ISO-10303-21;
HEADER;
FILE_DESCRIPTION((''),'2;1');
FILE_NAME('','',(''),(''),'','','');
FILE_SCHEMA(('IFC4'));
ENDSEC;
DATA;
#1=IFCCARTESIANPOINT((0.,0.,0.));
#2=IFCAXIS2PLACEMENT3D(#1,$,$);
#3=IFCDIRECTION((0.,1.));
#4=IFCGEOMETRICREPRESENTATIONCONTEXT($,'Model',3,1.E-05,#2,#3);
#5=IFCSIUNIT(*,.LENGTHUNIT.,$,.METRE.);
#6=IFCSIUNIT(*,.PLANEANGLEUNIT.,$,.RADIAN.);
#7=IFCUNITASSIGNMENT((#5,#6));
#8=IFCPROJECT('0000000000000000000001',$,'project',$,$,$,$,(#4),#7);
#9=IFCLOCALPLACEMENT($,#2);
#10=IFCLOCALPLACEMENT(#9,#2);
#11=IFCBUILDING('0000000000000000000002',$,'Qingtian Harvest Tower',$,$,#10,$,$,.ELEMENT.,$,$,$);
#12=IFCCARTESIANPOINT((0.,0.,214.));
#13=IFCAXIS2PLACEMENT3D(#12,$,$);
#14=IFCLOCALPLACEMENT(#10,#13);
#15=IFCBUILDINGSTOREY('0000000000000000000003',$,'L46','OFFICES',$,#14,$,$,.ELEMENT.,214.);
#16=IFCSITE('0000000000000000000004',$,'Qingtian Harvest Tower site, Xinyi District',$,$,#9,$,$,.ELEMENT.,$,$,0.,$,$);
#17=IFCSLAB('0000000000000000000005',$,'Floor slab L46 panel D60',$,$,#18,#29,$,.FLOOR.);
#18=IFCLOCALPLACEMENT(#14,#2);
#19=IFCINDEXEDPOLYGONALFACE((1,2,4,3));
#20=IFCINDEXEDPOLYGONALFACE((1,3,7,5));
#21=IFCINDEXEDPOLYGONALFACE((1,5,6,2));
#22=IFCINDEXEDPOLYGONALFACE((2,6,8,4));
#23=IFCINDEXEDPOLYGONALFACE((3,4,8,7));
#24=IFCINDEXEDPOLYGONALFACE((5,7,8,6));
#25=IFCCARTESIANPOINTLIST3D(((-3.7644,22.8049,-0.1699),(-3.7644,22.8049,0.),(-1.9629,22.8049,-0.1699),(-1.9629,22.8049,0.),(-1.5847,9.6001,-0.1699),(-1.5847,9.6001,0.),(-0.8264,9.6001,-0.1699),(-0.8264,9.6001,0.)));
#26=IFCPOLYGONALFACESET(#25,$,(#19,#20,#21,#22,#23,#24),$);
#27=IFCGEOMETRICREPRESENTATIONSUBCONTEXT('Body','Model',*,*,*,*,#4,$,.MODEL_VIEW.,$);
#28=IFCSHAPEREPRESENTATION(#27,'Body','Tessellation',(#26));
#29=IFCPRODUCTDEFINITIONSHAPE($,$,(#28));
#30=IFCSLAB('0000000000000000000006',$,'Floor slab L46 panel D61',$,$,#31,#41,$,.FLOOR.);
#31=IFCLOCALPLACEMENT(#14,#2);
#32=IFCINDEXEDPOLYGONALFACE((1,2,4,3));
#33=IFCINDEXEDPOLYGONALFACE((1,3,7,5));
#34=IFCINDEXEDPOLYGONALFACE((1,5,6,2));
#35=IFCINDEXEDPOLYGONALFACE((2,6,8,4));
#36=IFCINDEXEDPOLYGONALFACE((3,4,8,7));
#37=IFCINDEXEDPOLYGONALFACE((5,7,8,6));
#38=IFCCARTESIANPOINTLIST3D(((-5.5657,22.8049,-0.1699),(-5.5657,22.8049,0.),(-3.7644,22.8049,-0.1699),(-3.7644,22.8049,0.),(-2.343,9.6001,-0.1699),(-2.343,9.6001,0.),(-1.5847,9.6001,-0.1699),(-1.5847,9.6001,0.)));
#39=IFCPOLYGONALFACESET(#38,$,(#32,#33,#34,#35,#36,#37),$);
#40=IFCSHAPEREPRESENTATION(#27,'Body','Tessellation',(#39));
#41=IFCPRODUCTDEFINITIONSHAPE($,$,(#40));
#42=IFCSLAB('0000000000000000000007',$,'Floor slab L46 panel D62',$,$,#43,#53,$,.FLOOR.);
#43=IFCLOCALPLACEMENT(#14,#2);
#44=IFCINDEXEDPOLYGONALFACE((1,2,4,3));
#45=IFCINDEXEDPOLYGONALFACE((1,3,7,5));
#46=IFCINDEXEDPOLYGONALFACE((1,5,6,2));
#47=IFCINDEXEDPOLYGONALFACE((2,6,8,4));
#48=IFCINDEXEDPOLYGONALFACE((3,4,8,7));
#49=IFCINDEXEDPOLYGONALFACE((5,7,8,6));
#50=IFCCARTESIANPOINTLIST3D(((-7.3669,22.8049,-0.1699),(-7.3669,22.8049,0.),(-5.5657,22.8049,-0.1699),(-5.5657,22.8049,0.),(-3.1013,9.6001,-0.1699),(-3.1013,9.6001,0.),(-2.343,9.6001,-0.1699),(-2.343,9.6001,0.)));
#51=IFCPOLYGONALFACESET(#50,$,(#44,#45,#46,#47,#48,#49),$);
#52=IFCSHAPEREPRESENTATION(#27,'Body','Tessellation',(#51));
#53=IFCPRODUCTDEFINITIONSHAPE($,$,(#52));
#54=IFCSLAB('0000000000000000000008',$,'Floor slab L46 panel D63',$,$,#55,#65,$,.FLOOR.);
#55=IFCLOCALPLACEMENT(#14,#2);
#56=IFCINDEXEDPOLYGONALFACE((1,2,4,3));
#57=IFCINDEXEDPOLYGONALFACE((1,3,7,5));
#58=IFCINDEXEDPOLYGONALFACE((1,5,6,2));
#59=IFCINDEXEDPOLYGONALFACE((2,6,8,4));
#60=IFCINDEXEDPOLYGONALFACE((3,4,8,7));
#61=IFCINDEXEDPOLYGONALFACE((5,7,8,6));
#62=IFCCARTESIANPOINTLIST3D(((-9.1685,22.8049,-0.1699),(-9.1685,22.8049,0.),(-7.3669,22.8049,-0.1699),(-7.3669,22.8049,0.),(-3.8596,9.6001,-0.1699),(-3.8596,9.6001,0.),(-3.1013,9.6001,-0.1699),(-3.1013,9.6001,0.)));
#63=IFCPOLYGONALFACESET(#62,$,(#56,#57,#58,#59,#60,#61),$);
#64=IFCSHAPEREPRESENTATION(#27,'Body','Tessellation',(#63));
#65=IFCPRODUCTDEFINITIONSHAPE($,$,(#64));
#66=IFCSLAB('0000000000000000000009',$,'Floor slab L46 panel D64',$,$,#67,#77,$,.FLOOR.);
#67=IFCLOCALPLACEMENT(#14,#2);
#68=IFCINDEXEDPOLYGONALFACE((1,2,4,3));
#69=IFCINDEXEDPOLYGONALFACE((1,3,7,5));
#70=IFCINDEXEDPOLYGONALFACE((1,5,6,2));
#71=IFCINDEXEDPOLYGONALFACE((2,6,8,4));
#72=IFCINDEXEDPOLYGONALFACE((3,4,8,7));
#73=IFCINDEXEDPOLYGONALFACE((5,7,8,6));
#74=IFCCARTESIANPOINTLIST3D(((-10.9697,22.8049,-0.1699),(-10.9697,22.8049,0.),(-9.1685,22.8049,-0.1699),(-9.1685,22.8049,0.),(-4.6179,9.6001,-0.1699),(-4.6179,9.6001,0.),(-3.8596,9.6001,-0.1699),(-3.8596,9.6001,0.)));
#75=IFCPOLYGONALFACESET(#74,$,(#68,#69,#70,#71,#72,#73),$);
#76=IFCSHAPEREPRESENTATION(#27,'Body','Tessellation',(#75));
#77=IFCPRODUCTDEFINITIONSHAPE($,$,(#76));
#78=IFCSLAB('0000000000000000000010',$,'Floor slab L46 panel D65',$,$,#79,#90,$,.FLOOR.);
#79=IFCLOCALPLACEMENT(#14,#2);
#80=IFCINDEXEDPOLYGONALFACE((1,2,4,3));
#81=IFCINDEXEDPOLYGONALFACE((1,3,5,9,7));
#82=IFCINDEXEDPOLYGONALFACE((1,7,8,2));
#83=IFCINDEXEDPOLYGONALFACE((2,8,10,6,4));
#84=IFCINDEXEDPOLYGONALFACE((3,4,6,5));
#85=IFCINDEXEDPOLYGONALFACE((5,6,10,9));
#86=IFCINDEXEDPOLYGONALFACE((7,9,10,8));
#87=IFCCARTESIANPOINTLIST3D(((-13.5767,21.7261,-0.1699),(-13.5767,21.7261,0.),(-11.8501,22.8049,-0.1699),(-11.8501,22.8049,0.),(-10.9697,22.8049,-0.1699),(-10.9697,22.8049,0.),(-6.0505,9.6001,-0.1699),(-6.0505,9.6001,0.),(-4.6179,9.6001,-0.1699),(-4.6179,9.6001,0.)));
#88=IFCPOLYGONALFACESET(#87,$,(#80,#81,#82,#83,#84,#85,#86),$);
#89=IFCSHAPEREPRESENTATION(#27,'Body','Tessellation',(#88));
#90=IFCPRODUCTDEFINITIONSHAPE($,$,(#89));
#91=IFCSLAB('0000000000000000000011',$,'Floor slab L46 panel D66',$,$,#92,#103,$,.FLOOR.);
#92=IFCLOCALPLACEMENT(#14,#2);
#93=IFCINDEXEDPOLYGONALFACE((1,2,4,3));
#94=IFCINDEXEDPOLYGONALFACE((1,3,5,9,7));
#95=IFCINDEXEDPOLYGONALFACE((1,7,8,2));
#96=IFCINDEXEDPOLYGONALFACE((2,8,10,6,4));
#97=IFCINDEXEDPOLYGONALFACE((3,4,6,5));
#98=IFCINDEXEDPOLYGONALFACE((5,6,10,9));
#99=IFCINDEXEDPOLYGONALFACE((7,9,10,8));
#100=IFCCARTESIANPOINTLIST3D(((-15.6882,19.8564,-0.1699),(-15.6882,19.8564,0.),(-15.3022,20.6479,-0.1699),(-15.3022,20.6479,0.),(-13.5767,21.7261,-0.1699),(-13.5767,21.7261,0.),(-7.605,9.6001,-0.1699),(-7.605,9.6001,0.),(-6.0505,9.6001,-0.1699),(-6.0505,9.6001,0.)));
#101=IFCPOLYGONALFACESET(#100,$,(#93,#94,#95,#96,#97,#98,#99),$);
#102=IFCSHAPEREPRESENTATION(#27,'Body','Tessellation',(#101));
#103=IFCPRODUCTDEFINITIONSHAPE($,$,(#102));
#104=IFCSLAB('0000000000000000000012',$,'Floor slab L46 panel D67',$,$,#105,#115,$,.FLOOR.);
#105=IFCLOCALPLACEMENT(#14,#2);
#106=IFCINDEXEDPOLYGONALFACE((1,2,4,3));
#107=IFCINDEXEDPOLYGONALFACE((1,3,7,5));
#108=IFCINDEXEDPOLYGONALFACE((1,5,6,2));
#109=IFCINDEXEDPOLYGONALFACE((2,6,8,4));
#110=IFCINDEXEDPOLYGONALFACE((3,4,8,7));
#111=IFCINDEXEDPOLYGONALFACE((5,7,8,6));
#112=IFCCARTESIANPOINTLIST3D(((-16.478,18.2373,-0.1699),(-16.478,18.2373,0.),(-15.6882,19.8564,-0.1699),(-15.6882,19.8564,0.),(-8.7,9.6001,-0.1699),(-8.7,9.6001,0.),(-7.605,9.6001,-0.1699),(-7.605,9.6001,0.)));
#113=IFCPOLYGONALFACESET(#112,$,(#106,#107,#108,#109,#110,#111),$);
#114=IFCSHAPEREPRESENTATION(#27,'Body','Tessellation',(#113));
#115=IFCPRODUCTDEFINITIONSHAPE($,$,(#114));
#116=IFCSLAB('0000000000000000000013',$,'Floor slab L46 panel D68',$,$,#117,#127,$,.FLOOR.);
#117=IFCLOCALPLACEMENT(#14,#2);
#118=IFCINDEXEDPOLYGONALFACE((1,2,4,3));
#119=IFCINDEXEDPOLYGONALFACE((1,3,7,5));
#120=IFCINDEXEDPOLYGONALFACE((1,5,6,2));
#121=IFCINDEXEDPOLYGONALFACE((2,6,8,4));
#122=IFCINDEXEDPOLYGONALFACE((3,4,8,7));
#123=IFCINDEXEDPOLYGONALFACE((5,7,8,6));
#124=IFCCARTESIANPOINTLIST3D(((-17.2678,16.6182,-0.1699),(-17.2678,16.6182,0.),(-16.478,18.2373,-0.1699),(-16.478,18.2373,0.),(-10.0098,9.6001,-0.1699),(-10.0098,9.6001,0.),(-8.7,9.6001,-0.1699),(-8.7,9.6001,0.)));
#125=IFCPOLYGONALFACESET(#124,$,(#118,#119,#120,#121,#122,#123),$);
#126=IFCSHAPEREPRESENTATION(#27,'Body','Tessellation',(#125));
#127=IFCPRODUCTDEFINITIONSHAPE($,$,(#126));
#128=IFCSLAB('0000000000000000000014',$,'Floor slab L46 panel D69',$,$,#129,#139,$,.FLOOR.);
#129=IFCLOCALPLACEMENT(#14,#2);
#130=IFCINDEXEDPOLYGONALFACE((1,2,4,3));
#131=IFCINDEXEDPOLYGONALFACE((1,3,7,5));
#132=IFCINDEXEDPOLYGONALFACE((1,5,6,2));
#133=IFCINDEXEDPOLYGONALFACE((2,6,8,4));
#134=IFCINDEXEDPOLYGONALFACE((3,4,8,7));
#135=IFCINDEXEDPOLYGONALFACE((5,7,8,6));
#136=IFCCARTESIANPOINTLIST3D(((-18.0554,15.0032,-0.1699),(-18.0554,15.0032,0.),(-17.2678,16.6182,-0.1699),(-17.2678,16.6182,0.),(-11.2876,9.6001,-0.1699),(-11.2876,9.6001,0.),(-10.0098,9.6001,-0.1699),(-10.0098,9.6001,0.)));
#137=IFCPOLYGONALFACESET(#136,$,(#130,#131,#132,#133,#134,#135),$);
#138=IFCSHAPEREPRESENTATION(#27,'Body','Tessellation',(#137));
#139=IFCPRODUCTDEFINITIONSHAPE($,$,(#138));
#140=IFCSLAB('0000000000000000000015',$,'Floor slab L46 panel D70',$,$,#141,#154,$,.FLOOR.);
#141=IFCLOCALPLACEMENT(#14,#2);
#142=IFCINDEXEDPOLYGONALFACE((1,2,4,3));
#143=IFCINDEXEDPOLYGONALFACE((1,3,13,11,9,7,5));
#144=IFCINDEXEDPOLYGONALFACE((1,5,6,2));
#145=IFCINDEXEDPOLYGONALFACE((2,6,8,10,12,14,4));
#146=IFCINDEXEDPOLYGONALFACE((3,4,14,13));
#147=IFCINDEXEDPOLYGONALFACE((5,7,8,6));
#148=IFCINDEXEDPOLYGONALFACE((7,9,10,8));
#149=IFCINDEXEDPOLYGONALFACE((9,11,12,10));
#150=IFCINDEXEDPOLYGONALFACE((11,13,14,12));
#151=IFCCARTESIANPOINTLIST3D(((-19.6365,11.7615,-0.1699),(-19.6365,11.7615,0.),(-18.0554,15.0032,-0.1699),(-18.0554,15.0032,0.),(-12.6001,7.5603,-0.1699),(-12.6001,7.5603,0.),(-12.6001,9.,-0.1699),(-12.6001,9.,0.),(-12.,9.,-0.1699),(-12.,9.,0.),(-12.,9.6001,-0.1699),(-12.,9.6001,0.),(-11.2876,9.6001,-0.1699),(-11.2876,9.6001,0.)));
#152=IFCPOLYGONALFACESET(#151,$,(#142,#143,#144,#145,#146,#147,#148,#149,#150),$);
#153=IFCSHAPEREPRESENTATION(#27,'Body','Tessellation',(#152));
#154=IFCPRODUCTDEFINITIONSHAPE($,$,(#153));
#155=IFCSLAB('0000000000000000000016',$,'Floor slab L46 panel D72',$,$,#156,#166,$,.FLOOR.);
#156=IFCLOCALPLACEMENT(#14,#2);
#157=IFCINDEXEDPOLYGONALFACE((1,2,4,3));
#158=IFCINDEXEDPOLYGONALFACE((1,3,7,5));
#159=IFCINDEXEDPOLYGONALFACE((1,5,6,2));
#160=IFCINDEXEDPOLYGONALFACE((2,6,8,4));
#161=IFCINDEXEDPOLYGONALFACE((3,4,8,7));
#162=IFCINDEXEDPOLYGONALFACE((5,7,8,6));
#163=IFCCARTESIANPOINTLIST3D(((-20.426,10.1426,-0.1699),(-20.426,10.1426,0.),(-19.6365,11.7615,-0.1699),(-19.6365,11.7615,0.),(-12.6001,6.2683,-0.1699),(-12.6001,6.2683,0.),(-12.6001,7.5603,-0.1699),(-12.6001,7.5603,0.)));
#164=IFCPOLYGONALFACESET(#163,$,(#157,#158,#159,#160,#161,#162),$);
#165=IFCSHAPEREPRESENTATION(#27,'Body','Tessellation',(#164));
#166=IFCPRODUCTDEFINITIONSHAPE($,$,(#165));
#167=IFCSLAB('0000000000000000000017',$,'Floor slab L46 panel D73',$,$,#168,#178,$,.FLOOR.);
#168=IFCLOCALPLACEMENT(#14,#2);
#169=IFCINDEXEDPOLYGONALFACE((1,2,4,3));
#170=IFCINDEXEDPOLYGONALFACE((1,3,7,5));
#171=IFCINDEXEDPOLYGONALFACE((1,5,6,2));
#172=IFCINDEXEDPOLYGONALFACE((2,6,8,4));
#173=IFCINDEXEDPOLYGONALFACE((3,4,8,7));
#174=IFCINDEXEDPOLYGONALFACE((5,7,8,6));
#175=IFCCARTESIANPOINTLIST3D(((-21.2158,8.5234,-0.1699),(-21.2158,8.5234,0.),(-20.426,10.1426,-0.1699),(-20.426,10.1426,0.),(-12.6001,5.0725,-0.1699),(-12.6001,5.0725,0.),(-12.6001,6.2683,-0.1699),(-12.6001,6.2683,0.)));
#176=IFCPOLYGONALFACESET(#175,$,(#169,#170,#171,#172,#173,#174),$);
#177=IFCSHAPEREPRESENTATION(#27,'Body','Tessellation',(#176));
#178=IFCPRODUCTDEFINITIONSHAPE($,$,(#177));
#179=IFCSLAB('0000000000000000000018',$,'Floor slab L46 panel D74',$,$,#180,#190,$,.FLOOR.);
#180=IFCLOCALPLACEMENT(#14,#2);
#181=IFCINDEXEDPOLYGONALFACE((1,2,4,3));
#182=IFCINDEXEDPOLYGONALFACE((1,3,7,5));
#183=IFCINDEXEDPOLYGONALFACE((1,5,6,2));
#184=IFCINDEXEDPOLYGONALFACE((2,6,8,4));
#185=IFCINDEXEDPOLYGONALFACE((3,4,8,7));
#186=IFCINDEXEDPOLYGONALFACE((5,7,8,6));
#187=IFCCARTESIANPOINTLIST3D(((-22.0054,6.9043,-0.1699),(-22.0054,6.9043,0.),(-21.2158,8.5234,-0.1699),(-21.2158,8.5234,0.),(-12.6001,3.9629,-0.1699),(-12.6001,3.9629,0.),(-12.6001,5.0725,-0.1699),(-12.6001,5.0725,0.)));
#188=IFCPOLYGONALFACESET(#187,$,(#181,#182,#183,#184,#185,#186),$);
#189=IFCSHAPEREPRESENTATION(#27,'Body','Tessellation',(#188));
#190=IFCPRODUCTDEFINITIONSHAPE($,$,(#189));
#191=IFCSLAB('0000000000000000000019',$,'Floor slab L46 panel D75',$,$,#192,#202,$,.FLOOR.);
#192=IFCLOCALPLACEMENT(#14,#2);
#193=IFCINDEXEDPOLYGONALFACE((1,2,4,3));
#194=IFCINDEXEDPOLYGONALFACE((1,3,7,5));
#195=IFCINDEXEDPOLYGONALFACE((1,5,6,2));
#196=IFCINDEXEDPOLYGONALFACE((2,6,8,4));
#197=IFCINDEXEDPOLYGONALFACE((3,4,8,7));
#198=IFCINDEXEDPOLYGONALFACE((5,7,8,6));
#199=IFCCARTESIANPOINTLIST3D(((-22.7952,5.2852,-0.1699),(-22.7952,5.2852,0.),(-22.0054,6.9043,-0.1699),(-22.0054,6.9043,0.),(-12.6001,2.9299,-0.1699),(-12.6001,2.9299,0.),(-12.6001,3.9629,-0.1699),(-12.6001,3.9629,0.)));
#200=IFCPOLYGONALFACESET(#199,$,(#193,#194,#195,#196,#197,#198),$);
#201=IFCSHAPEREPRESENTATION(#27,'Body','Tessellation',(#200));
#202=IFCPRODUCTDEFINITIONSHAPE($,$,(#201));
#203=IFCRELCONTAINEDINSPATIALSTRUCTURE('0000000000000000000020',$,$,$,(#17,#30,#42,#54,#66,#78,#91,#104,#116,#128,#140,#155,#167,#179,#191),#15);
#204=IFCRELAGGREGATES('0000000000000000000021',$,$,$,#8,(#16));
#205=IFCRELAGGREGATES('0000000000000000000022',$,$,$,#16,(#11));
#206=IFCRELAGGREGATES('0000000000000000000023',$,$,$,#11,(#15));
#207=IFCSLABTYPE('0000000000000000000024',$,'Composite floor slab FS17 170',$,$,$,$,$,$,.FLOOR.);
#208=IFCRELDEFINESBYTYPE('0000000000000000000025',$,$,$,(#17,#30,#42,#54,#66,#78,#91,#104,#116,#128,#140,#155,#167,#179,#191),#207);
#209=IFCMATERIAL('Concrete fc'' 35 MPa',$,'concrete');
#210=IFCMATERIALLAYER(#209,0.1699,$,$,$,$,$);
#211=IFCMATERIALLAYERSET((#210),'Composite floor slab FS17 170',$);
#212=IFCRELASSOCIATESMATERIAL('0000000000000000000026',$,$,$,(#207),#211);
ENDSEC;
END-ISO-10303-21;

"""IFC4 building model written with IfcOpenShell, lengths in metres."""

from ifc_helpers import new_model, si_unit, direction, frame, origin, place, context, subcontext, project, spatial, polyline, outline, extrude, material, layer, layer_set, type_object, element, save


model = new_model("IFC4")

# Units and contexts
model_context = context("Model", 3, precision=1e-05, world=origin(), true_north=direction((0.0, 1.0)))
body_context = subcontext(model_context, "Body", "Model", "MODEL_VIEW")
ifc_project = project(units=[si_unit("LENGTHUNIT", "METRE"), si_unit("PLANEANGLEUNIT", "RADIAN")], contexts=[model_context])

# Site, building, storey
site_placement = place(None, origin())
site = spatial("IfcSite", under=ifc_project, at=site_placement, Name="Qingtian Harvest Tower site, Xinyi District", CompositionType="ELEMENT", RefElevation=0.0)
building_placement = place(site_placement, origin())
building = spatial("IfcBuilding", under=site, at=building_placement, Name="Qingtian Harvest Tower", CompositionType="ELEMENT")
storey_placement = place(building_placement, frame((0.0, 0.0, 214.0)))
storey = spatial("IfcBuildingStorey", under=building, at=storey_placement, Name="L46", Description="OFFICES", CompositionType="ELEMENT", Elevation=214.0)

# Slabs
ifc_material_1 = material(Name="Concrete fc' 35 MPa", Category="concrete")
ifc_layer_1 = layer(ifc_material_1, 0.1699)
ifc_layer_set_1 = layer_set([ifc_layer_1], Name="Composite floor slab FS17 170")
slab_type = type_object("IfcSlabType", Name="Composite floor slab FS17 170", PredefinedType="FLOOR", material=ifc_layer_set_1)
slab_1_placement = place(storey_placement, frame((0.0, 0.0, -0.1699)))
element("IfcSlab", 1, at=slab_1_placement, inside=storey, type_object=slab_type, Name="Floor slab L46 panel D60", PredefinedType="FLOOR", context=body_context, shape_type="SweptSolid", body=[
    extrude(outline(polyline([(-1.5847, 9.6001), (-3.7644, 22.8049), (-1.9629, 22.8049), (-0.8264, 9.6001), (-1.5847, 9.6001)])), origin(), (0.0, 0.0, 1.0), 0.1699),
])
slab_2_placement = place(storey_placement, frame((0.0, 0.0, -0.1699)))
element("IfcSlab", 2, at=slab_2_placement, inside=storey, type_object=slab_type, Name="Floor slab L46 panel D61", PredefinedType="FLOOR", context=body_context, shape_type="SweptSolid", body=[
    extrude(outline(polyline([(-2.343, 9.6001), (-5.5657, 22.8049), (-3.7644, 22.8049), (-1.5847, 9.6001), (-2.343, 9.6001)])), origin(), (0.0, 0.0, 1.0), 0.1699),
])
slab_3_placement = place(storey_placement, frame((0.0, 0.0, -0.1699)))
element("IfcSlab", 3, at=slab_3_placement, inside=storey, type_object=slab_type, Name="Floor slab L46 panel D62", PredefinedType="FLOOR", context=body_context, shape_type="SweptSolid", body=[
    extrude(outline(polyline([(-3.1013, 9.6001), (-7.3669, 22.8049), (-5.5657, 22.8049), (-2.343, 9.6001), (-3.1013, 9.6001)])), origin(), (0.0, 0.0, 1.0), 0.1699),
])
slab_4_placement = place(storey_placement, frame((0.0, 0.0, -0.1699)))
element("IfcSlab", 4, at=slab_4_placement, inside=storey, type_object=slab_type, Name="Floor slab L46 panel D63", PredefinedType="FLOOR", context=body_context, shape_type="SweptSolid", body=[
    extrude(outline(polyline([(-3.8596, 9.6001), (-9.1685, 22.8049), (-7.3669, 22.8049), (-3.1013, 9.6001), (-3.8596, 9.6001)])), origin(), (0.0, 0.0, 1.0), 0.1699),
])
slab_5_placement = place(storey_placement, frame((0.0, 0.0, -0.1699)))
element("IfcSlab", 5, at=slab_5_placement, inside=storey, type_object=slab_type, Name="Floor slab L46 panel D64", PredefinedType="FLOOR", context=body_context, shape_type="SweptSolid", body=[
    extrude(outline(polyline([(-4.6179, 9.6001), (-10.9697, 22.8049), (-9.1685, 22.8049), (-3.8596, 9.6001), (-4.6179, 9.6001)])), origin(), (0.0, 0.0, 1.0), 0.1699),
])
slab_6_placement = place(storey_placement, frame((0.0, 0.0, -0.1699)))
element("IfcSlab", 6, at=slab_6_placement, inside=storey, type_object=slab_type, Name="Floor slab L46 panel D65", PredefinedType="FLOOR", context=body_context, shape_type="SweptSolid", body=[
    extrude(outline(polyline([(-4.6179, 9.6001), (-6.0505, 9.6001), (-13.5767, 21.7261), (-11.8501, 22.8049), (-10.9697, 22.8049), (-4.6179, 9.6001)])), origin(), (0.0, 0.0, 1.0), 0.1699),
])
slab_7_placement = place(storey_placement, frame((0.0, 0.0, -0.1699)))
element("IfcSlab", 7, at=slab_7_placement, inside=storey, type_object=slab_type, Name="Floor slab L46 panel D66", PredefinedType="FLOOR", context=body_context, shape_type="SweptSolid", body=[
    extrude(outline(polyline([(-6.0505, 9.6001), (-7.605, 9.6001), (-15.6882, 19.8564), (-15.3022, 20.6479), (-13.5767, 21.7261), (-6.0505, 9.6001)])), origin(), (0.0, 0.0, 1.0), 0.1699),
])
slab_8_placement = place(storey_placement, frame((0.0, 0.0, -0.1699)))
element("IfcSlab", 8, at=slab_8_placement, inside=storey, type_object=slab_type, Name="Floor slab L46 panel D67", PredefinedType="FLOOR", context=body_context, shape_type="SweptSolid", body=[
    extrude(outline(polyline([(-8.7, 9.6001), (-16.478, 18.2373), (-15.6882, 19.8564), (-7.605, 9.6001), (-8.7, 9.6001)])), origin(), (0.0, 0.0, 1.0), 0.1699),
])
slab_9_placement = place(storey_placement, frame((0.0, 0.0, -0.1699)))
element("IfcSlab", 9, at=slab_9_placement, inside=storey, type_object=slab_type, Name="Floor slab L46 panel D68", PredefinedType="FLOOR", context=body_context, shape_type="SweptSolid", body=[
    extrude(outline(polyline([(-10.0098, 9.6001), (-17.2678, 16.6182), (-16.478, 18.2373), (-8.7, 9.6001), (-10.0098, 9.6001)])), origin(), (0.0, 0.0, 1.0), 0.1699),
])
slab_10_placement = place(storey_placement, frame((0.0, 0.0, -0.1699)))
element("IfcSlab", 10, at=slab_10_placement, inside=storey, type_object=slab_type, Name="Floor slab L46 panel D69", PredefinedType="FLOOR", context=body_context, shape_type="SweptSolid", body=[
    extrude(outline(polyline([(-11.2876, 9.6001), (-18.0554, 15.0032), (-17.2678, 16.6182), (-10.0098, 9.6001), (-11.2876, 9.6001)])), origin(), (0.0, 0.0, 1.0), 0.1699),
])
slab_11_placement = place(storey_placement, frame((0.0, 0.0, -0.1699)))
element("IfcSlab", 11, at=slab_11_placement, inside=storey, type_object=slab_type, Name="Floor slab L46 panel D70", PredefinedType="FLOOR", context=body_context, shape_type="SweptSolid", body=[
    extrude(outline(polyline([(-12.0, 9.0), (-12.6001, 9.0), (-12.6001, 7.5603), (-19.6365, 11.7615), (-18.0554, 15.0032), (-11.2876, 9.6001), (-12.0, 9.6001), (-12.0, 9.0)])), origin(), (0.0, 0.0, 1.0), 0.1699),
])
slab_12_placement = place(storey_placement, frame((0.0, 0.0, -0.1699)))
element("IfcSlab", 12, at=slab_12_placement, inside=storey, type_object=slab_type, Name="Floor slab L46 panel D72", PredefinedType="FLOOR", context=body_context, shape_type="SweptSolid", body=[
    extrude(outline(polyline([(-12.6001, 6.2683), (-20.426, 10.1426), (-19.6365, 11.7615), (-12.6001, 7.5603), (-12.6001, 6.2683)])), origin(), (0.0, 0.0, 1.0), 0.1699),
])
slab_13_placement = place(storey_placement, frame((0.0, 0.0, -0.1699)))
element("IfcSlab", 13, at=slab_13_placement, inside=storey, type_object=slab_type, Name="Floor slab L46 panel D73", PredefinedType="FLOOR", context=body_context, shape_type="SweptSolid", body=[
    extrude(outline(polyline([(-12.6001, 5.0725), (-21.2158, 8.5234), (-20.426, 10.1426), (-12.6001, 6.2683), (-12.6001, 5.0725)])), origin(), (0.0, 0.0, 1.0), 0.1699),
])
slab_14_placement = place(storey_placement, frame((0.0, 0.0, -0.1699)))
element("IfcSlab", 14, at=slab_14_placement, inside=storey, type_object=slab_type, Name="Floor slab L46 panel D74", PredefinedType="FLOOR", context=body_context, shape_type="SweptSolid", body=[
    extrude(outline(polyline([(-12.6001, 3.9629), (-22.0054, 6.9043), (-21.2158, 8.5234), (-12.6001, 5.0725), (-12.6001, 3.9629)])), origin(), (0.0, 0.0, 1.0), 0.1699),
])
slab_15_placement = place(storey_placement, frame((0.0, 0.0, -0.1699)))
element("IfcSlab", 15, at=slab_15_placement, inside=storey, type_object=slab_type, Name="Floor slab L46 panel D75", PredefinedType="FLOOR", context=body_context, shape_type="SweptSolid", body=[
    extrude(outline(polyline([(-12.6001, 2.9299), (-22.7952, 5.2852), (-22.0054, 6.9043), (-12.6001, 3.9629), (-12.6001, 2.9299)])), origin(), (0.0, 0.0, 1.0), 0.1699),
])

save(model, "model.ifc")
